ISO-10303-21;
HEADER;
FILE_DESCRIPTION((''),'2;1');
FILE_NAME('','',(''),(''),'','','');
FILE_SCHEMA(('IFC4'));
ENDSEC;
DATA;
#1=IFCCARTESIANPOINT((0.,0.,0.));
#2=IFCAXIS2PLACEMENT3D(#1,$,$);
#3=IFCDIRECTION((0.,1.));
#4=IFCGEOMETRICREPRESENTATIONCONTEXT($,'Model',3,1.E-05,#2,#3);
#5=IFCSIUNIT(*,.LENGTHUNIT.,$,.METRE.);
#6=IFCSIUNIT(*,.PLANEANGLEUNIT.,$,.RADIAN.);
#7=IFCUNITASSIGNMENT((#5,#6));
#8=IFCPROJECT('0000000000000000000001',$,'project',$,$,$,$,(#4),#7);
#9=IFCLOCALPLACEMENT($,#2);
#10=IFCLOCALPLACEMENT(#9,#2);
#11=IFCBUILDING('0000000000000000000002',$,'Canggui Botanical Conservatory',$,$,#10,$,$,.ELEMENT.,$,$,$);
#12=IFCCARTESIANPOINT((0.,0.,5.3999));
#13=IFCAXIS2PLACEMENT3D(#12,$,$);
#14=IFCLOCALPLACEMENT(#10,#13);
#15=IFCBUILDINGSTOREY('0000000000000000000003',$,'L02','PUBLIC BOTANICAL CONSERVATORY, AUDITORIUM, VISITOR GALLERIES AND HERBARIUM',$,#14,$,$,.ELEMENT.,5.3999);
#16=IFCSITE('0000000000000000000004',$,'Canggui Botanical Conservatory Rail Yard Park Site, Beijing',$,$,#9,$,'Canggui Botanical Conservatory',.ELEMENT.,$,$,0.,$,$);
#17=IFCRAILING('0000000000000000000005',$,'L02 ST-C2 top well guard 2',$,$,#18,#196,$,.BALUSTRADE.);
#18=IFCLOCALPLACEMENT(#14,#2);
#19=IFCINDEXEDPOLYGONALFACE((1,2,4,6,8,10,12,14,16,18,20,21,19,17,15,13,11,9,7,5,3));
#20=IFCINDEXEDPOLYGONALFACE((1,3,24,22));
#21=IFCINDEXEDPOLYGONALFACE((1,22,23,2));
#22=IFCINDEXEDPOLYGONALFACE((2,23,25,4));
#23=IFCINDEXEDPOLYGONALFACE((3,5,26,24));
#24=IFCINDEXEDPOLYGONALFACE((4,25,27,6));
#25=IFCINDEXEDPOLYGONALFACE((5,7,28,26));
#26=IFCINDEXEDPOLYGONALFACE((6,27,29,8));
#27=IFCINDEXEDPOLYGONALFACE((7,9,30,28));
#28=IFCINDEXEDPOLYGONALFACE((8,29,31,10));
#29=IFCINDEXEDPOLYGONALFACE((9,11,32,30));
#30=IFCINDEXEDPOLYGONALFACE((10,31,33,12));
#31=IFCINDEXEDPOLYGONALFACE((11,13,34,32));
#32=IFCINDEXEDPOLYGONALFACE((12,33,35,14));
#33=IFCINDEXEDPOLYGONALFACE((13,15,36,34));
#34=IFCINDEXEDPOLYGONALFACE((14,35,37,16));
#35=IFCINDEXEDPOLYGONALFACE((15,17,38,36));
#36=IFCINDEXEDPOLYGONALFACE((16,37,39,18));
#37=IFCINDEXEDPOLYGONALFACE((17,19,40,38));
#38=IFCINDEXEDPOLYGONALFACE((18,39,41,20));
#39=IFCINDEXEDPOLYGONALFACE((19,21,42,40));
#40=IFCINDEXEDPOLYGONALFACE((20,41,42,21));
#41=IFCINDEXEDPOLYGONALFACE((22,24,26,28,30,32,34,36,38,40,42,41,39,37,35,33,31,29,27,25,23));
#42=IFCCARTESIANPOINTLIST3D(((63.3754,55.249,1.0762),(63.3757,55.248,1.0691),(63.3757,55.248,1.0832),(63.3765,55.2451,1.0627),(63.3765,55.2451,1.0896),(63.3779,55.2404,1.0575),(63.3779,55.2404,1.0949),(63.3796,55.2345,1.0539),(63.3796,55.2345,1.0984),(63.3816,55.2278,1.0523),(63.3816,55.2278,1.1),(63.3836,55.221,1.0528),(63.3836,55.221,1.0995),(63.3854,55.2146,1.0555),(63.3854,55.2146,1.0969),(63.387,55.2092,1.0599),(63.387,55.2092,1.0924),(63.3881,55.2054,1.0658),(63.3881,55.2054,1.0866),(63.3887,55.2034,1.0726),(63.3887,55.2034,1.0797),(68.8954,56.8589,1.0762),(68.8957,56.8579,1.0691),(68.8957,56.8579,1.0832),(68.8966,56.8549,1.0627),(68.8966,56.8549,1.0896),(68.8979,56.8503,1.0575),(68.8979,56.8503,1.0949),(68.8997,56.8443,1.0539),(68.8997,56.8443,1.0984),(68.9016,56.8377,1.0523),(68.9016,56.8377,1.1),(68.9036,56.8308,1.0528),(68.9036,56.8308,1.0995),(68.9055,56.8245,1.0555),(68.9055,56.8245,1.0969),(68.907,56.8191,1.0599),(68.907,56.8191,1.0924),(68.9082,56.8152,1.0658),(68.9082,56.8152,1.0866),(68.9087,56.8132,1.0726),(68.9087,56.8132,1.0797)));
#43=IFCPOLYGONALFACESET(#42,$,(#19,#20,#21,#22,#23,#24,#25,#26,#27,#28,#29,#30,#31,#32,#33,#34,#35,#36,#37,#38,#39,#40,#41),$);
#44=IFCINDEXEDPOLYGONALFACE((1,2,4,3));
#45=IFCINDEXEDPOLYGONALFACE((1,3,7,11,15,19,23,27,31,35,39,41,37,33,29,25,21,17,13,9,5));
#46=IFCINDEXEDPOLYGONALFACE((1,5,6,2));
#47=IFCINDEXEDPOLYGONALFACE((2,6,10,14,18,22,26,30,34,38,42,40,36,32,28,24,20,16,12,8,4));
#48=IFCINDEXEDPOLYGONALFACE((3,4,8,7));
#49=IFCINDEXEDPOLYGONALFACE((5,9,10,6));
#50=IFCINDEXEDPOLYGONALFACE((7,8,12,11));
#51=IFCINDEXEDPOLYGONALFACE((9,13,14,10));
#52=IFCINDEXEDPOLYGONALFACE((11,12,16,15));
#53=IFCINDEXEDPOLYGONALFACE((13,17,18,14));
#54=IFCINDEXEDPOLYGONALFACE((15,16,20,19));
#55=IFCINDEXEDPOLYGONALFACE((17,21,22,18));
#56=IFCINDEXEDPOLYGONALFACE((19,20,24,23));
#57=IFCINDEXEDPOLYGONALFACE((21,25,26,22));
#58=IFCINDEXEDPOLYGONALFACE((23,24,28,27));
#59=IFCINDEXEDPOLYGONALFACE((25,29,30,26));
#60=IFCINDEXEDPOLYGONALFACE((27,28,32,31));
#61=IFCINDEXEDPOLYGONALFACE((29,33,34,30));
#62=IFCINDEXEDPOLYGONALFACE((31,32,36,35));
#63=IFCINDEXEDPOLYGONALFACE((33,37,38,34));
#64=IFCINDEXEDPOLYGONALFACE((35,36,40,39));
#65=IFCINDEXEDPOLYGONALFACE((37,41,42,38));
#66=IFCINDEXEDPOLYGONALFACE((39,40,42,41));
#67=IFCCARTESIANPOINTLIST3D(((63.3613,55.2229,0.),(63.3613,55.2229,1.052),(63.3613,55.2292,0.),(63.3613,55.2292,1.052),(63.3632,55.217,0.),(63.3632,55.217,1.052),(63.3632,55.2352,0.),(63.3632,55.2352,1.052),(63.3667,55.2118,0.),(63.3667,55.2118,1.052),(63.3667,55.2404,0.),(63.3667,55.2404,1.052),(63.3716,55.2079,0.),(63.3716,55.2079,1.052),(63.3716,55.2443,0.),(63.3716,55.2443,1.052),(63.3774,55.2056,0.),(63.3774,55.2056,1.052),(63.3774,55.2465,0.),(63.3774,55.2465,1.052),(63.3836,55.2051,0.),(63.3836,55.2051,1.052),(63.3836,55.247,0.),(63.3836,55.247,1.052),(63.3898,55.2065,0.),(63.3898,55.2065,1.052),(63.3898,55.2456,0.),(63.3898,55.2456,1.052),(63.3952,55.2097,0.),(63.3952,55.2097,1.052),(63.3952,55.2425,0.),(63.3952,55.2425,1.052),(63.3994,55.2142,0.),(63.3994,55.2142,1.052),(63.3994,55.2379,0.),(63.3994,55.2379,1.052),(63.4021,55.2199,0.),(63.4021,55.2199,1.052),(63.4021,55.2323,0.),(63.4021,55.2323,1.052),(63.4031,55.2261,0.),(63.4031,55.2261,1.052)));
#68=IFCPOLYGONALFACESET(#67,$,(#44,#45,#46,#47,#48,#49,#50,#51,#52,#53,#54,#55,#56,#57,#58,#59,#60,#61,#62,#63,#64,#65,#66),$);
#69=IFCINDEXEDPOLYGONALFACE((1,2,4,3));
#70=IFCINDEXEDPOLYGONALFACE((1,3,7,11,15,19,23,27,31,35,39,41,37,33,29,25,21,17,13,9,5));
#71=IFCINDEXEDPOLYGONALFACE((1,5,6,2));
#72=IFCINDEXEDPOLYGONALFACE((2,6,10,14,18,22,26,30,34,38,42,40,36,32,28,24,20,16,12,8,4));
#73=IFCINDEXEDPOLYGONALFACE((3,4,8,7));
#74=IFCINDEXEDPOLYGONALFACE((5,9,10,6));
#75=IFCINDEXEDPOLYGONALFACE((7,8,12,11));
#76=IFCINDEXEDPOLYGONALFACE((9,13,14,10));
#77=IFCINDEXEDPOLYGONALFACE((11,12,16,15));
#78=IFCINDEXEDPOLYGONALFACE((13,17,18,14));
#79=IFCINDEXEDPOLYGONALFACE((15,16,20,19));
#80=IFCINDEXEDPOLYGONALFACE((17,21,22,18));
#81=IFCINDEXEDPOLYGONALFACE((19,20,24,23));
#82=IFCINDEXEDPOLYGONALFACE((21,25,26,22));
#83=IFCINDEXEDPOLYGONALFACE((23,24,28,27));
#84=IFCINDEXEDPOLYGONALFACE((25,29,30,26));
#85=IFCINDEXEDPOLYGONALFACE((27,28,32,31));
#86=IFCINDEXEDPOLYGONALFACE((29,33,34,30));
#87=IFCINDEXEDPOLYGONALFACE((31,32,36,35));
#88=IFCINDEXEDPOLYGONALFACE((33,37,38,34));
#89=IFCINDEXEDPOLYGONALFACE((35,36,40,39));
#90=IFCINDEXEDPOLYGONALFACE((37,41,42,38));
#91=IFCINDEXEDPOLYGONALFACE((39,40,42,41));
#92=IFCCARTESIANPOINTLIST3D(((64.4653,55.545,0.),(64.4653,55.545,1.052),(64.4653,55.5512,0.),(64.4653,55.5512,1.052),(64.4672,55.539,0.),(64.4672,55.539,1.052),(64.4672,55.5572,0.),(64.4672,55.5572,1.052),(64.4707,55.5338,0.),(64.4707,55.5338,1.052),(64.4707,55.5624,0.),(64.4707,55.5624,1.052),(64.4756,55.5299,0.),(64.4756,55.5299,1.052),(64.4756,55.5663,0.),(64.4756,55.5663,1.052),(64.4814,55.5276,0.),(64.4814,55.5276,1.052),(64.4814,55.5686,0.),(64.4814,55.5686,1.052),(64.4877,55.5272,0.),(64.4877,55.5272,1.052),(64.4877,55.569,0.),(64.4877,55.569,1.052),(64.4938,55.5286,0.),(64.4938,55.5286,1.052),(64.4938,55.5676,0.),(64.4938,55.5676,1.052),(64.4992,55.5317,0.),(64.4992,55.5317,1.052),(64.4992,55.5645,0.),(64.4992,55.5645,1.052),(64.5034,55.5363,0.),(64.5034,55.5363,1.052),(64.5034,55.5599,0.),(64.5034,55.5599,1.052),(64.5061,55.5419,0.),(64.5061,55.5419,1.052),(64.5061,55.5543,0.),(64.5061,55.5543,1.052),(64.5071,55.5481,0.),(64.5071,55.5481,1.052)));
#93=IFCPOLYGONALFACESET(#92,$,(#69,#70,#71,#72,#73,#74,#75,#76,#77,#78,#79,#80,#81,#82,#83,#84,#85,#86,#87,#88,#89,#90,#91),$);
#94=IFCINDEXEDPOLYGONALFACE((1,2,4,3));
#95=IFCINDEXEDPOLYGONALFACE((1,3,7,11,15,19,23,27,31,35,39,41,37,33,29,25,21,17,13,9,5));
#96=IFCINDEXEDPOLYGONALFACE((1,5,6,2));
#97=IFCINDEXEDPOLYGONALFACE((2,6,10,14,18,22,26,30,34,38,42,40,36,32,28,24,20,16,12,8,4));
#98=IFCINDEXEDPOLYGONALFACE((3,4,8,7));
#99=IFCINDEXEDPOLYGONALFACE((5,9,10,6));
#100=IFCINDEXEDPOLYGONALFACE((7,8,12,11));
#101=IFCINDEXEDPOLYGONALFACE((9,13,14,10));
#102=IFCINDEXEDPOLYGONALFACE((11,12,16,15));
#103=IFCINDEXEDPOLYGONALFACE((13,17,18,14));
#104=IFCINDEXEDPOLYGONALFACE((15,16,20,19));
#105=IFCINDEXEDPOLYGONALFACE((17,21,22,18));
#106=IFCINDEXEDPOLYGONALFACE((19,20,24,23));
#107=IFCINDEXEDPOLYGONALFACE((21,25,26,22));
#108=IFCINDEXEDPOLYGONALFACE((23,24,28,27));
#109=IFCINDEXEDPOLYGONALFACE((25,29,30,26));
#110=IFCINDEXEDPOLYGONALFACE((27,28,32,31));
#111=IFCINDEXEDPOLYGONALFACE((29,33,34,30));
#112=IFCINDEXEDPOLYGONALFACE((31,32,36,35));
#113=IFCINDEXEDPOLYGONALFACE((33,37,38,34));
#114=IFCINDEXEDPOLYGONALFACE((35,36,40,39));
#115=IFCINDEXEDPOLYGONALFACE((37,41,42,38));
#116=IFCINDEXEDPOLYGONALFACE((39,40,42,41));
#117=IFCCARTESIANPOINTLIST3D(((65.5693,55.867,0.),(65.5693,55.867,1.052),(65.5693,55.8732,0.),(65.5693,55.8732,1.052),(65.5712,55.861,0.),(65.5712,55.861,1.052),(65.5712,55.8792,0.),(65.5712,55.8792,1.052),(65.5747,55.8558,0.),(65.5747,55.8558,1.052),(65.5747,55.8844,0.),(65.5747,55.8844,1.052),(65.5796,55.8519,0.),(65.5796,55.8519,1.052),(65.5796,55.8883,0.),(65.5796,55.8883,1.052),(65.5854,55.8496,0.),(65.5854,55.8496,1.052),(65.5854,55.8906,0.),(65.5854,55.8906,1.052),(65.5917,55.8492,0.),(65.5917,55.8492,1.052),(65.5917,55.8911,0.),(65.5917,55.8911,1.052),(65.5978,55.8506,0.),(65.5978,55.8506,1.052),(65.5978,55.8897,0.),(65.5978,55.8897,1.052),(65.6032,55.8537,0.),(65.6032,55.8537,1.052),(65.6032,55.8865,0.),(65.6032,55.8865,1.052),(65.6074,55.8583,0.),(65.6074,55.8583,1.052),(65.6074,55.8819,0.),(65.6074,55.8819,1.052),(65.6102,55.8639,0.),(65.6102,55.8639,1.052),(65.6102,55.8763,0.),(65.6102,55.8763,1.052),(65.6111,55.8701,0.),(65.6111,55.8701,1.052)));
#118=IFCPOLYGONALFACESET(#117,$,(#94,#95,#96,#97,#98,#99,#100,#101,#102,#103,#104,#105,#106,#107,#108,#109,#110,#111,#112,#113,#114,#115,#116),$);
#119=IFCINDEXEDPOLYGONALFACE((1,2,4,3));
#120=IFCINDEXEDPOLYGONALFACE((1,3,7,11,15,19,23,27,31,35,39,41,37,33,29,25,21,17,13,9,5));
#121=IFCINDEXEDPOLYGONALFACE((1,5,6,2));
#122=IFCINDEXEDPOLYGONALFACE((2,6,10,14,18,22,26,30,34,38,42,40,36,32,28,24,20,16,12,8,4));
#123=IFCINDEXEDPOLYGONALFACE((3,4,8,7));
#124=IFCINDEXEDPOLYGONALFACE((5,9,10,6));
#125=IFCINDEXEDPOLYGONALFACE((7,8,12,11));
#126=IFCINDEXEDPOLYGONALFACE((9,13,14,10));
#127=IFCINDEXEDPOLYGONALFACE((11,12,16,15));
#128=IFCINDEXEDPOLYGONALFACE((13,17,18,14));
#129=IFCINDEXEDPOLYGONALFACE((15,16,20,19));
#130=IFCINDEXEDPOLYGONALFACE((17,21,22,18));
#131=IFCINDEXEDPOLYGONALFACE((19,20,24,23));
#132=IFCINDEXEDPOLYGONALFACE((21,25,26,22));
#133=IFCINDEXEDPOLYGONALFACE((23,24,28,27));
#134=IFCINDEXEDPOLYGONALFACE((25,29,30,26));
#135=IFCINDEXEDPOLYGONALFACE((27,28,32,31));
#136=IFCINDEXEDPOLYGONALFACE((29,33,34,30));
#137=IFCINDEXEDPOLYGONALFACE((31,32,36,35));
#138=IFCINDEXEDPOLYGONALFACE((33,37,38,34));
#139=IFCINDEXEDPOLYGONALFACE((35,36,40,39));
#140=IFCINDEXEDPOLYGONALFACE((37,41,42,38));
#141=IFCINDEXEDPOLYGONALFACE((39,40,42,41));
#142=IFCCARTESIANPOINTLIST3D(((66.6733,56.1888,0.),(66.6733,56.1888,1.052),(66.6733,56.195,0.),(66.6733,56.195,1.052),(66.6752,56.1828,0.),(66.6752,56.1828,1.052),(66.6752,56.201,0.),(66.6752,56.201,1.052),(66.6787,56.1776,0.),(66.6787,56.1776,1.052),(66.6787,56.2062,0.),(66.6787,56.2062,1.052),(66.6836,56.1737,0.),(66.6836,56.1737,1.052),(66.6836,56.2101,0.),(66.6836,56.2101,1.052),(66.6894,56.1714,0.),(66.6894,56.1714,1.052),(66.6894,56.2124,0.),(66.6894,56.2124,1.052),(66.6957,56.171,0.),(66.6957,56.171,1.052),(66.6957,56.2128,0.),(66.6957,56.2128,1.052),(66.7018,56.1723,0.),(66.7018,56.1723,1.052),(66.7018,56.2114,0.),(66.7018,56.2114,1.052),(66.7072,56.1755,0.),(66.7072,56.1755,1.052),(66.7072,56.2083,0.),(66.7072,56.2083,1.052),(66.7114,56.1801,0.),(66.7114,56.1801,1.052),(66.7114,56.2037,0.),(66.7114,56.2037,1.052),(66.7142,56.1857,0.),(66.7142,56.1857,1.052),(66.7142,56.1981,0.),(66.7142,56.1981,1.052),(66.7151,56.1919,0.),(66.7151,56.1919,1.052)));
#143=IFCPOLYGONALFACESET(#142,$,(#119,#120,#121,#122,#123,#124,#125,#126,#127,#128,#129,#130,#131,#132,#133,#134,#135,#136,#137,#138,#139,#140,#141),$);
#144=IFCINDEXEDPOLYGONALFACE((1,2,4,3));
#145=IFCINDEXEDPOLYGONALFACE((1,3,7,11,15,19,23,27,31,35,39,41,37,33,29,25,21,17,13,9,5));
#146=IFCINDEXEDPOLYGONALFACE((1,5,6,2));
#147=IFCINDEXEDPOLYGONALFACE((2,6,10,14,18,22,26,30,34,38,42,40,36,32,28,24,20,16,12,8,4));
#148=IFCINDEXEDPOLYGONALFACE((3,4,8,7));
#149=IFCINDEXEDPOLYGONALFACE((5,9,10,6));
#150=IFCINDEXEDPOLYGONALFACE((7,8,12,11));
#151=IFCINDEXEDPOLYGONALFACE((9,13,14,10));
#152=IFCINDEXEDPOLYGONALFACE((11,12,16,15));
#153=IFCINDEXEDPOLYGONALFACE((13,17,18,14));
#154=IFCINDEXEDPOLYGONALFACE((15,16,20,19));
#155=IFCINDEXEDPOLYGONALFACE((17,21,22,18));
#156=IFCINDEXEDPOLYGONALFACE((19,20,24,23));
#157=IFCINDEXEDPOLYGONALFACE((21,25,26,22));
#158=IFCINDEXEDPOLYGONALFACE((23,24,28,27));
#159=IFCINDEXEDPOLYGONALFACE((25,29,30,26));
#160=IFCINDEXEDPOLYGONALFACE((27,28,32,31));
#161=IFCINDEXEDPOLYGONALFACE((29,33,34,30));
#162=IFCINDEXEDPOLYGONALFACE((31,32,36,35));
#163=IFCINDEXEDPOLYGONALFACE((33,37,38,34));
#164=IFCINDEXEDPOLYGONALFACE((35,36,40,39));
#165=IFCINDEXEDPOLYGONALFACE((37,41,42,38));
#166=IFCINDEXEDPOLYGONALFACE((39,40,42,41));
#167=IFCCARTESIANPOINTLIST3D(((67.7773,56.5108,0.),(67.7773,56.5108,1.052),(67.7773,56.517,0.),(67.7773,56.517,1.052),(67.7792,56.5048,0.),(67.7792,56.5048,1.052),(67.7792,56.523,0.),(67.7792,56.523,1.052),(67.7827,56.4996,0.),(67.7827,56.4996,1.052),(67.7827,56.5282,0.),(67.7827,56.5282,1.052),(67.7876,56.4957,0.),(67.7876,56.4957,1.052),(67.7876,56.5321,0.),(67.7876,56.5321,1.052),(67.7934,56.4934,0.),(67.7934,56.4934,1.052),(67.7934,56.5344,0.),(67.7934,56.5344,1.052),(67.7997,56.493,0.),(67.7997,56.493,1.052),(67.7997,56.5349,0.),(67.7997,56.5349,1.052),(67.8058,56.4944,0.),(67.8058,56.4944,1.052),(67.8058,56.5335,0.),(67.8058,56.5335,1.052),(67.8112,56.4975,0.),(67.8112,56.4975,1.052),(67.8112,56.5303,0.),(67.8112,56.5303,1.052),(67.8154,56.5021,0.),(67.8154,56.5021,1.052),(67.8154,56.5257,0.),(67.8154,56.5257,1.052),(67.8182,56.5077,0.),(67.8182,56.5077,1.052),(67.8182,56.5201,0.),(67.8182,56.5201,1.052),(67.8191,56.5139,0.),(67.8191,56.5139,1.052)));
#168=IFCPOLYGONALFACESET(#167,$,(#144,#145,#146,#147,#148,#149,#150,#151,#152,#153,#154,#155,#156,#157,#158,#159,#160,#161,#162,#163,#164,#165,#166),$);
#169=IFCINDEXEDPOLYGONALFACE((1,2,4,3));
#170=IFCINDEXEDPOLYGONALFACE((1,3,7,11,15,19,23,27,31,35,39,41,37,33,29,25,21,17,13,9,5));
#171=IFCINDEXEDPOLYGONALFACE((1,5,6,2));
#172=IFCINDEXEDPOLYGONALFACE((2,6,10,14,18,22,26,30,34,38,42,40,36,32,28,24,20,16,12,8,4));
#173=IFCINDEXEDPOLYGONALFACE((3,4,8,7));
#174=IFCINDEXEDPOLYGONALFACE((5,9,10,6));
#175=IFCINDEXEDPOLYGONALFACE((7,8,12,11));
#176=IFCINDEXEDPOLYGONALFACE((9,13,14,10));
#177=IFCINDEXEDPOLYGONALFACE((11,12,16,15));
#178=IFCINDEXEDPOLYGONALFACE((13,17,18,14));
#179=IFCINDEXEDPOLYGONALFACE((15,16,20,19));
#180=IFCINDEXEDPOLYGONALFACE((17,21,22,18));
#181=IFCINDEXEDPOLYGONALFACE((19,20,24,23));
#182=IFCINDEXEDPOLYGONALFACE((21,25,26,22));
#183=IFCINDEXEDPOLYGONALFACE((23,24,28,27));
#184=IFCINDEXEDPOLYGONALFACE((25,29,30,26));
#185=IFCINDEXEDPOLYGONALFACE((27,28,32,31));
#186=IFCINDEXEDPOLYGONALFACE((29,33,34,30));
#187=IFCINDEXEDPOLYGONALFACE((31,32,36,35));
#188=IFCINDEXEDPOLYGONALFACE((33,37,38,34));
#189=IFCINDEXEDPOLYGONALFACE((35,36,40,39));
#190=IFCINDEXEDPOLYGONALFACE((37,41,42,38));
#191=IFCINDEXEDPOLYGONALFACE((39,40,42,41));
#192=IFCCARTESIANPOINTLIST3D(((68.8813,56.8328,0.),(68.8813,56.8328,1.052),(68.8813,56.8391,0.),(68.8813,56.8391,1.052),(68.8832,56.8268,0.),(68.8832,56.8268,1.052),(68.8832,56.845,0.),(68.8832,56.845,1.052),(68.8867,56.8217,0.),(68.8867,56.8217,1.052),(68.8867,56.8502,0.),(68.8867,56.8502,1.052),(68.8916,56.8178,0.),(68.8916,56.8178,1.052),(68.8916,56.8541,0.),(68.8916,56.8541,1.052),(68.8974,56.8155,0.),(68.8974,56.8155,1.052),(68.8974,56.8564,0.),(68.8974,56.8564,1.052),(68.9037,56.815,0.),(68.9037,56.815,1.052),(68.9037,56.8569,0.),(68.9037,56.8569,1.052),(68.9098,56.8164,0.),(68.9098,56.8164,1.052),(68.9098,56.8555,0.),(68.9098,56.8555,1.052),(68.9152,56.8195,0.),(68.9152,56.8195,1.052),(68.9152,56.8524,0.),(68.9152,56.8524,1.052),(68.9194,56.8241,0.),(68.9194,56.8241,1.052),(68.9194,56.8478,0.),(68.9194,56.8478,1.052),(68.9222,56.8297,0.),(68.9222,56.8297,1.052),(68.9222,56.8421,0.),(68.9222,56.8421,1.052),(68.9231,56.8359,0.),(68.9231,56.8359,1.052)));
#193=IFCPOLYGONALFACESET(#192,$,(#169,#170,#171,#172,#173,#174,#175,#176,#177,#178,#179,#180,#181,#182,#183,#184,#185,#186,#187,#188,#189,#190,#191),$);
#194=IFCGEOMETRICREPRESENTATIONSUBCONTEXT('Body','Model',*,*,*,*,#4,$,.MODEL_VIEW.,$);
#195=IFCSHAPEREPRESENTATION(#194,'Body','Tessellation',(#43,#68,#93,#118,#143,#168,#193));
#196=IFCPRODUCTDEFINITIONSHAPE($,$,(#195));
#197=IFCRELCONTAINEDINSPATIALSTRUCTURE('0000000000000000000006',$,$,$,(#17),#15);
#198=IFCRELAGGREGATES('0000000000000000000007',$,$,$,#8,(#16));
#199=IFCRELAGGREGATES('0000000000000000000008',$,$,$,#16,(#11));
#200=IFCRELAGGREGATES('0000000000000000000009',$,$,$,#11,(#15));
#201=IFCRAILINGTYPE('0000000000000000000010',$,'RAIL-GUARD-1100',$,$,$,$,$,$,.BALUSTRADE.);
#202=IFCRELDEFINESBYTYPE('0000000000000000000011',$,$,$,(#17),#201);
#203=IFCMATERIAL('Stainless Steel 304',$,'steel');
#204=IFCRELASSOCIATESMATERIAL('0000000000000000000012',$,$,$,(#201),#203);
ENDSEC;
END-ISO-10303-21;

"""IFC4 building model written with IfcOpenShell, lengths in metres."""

from ifc_helpers import new_model, si_unit, direction, frame, origin, origin_2d, place, context, subcontext, project, spatial, circle, extrude, material, type_object, element, save


model = new_model("IFC4")

# Units and contexts
model_context = context("Model", 3, precision=1e-05, world=origin(), true_north=direction((0.0, 1.0)))
body_context = subcontext(model_context, "Body", "Model", "MODEL_VIEW")
ifc_project = project(units=[si_unit("LENGTHUNIT", "METRE"), si_unit("PLANEANGLEUNIT", "RADIAN")], contexts=[model_context])

# Site, building, storey
site_placement = place(None, origin())
site = spatial("IfcSite", under=ifc_project, at=site_placement, Name="Canggui Botanical Conservatory Rail Yard Park Site, Beijing", LongName="Canggui Botanical Conservatory", CompositionType="ELEMENT", RefElevation=0.0)
building_placement = place(site_placement, origin())
building = spatial("IfcBuilding", under=site, at=building_placement, Name="Canggui Botanical Conservatory", CompositionType="ELEMENT")
storey_placement = place(building_placement, frame((0.0, 0.0, 5.3999)))
storey = spatial("IfcBuildingStorey", under=building, at=storey_placement, Name="L02", Description="PUBLIC BOTANICAL CONSERVATORY, AUDITORIUM, VISITOR GALLERIES AND HERBARIUM", CompositionType="ELEMENT", Elevation=5.3999)

# Railing
ifc_material_1 = material(Name="Stainless Steel 304", Category="steel")
railing_type = type_object("IfcRailingType", Name="RAIL-GUARD-1100", PredefinedType="BALUSTRADE", material=ifc_material_1)
for number, where, name in (
    (1, (63.3821, 55.2261, 0.0), "L02 ST-C2 top well guard 2"),
):
    element("IfcRailing", number, at=place(storey_placement, frame(where)), inside=storey, type_object=railing_type, Name=name, PredefinedType="BALUSTRADE", context=body_context, shape_type="SweptSolid", body=[
        extrude(circle(Radius=0.0239, at=origin_2d()), frame((0.0, 0.0, 1.0762), z_axis=(0.960007, 0.279977, 0.0), x_axis=(-0.279977, 0.960007, 0.0)), (0.0, 0.0, 1.0), 5.75),
        extrude(circle(Radius=0.021, at=origin_2d()), origin(), (0.0, 0.0, 1.0), 1.052),
        extrude(circle(Radius=0.021, at=origin_2d()), frame((1.104, 0.322, 0.0)), (0.0, 0.0, 1.0), 1.052),
        extrude(circle(Radius=0.021, at=origin_2d()), frame((2.208, 0.644, 0.0)), (0.0, 0.0, 1.0), 1.052),
        extrude(circle(Radius=0.021, at=origin_2d()), frame((3.312, 0.9658, 0.0)), (0.0, 0.0, 1.0), 1.052),
        extrude(circle(Radius=0.021, at=origin_2d()), frame((4.416, 1.2878, 0.0)), (0.0, 0.0, 1.0), 1.052),
        extrude(circle(Radius=0.021, at=origin_2d()), frame((5.52, 1.6099, 0.0)), (0.0, 0.0, 1.0), 1.052),
    ])

save(model, "model.ifc")
